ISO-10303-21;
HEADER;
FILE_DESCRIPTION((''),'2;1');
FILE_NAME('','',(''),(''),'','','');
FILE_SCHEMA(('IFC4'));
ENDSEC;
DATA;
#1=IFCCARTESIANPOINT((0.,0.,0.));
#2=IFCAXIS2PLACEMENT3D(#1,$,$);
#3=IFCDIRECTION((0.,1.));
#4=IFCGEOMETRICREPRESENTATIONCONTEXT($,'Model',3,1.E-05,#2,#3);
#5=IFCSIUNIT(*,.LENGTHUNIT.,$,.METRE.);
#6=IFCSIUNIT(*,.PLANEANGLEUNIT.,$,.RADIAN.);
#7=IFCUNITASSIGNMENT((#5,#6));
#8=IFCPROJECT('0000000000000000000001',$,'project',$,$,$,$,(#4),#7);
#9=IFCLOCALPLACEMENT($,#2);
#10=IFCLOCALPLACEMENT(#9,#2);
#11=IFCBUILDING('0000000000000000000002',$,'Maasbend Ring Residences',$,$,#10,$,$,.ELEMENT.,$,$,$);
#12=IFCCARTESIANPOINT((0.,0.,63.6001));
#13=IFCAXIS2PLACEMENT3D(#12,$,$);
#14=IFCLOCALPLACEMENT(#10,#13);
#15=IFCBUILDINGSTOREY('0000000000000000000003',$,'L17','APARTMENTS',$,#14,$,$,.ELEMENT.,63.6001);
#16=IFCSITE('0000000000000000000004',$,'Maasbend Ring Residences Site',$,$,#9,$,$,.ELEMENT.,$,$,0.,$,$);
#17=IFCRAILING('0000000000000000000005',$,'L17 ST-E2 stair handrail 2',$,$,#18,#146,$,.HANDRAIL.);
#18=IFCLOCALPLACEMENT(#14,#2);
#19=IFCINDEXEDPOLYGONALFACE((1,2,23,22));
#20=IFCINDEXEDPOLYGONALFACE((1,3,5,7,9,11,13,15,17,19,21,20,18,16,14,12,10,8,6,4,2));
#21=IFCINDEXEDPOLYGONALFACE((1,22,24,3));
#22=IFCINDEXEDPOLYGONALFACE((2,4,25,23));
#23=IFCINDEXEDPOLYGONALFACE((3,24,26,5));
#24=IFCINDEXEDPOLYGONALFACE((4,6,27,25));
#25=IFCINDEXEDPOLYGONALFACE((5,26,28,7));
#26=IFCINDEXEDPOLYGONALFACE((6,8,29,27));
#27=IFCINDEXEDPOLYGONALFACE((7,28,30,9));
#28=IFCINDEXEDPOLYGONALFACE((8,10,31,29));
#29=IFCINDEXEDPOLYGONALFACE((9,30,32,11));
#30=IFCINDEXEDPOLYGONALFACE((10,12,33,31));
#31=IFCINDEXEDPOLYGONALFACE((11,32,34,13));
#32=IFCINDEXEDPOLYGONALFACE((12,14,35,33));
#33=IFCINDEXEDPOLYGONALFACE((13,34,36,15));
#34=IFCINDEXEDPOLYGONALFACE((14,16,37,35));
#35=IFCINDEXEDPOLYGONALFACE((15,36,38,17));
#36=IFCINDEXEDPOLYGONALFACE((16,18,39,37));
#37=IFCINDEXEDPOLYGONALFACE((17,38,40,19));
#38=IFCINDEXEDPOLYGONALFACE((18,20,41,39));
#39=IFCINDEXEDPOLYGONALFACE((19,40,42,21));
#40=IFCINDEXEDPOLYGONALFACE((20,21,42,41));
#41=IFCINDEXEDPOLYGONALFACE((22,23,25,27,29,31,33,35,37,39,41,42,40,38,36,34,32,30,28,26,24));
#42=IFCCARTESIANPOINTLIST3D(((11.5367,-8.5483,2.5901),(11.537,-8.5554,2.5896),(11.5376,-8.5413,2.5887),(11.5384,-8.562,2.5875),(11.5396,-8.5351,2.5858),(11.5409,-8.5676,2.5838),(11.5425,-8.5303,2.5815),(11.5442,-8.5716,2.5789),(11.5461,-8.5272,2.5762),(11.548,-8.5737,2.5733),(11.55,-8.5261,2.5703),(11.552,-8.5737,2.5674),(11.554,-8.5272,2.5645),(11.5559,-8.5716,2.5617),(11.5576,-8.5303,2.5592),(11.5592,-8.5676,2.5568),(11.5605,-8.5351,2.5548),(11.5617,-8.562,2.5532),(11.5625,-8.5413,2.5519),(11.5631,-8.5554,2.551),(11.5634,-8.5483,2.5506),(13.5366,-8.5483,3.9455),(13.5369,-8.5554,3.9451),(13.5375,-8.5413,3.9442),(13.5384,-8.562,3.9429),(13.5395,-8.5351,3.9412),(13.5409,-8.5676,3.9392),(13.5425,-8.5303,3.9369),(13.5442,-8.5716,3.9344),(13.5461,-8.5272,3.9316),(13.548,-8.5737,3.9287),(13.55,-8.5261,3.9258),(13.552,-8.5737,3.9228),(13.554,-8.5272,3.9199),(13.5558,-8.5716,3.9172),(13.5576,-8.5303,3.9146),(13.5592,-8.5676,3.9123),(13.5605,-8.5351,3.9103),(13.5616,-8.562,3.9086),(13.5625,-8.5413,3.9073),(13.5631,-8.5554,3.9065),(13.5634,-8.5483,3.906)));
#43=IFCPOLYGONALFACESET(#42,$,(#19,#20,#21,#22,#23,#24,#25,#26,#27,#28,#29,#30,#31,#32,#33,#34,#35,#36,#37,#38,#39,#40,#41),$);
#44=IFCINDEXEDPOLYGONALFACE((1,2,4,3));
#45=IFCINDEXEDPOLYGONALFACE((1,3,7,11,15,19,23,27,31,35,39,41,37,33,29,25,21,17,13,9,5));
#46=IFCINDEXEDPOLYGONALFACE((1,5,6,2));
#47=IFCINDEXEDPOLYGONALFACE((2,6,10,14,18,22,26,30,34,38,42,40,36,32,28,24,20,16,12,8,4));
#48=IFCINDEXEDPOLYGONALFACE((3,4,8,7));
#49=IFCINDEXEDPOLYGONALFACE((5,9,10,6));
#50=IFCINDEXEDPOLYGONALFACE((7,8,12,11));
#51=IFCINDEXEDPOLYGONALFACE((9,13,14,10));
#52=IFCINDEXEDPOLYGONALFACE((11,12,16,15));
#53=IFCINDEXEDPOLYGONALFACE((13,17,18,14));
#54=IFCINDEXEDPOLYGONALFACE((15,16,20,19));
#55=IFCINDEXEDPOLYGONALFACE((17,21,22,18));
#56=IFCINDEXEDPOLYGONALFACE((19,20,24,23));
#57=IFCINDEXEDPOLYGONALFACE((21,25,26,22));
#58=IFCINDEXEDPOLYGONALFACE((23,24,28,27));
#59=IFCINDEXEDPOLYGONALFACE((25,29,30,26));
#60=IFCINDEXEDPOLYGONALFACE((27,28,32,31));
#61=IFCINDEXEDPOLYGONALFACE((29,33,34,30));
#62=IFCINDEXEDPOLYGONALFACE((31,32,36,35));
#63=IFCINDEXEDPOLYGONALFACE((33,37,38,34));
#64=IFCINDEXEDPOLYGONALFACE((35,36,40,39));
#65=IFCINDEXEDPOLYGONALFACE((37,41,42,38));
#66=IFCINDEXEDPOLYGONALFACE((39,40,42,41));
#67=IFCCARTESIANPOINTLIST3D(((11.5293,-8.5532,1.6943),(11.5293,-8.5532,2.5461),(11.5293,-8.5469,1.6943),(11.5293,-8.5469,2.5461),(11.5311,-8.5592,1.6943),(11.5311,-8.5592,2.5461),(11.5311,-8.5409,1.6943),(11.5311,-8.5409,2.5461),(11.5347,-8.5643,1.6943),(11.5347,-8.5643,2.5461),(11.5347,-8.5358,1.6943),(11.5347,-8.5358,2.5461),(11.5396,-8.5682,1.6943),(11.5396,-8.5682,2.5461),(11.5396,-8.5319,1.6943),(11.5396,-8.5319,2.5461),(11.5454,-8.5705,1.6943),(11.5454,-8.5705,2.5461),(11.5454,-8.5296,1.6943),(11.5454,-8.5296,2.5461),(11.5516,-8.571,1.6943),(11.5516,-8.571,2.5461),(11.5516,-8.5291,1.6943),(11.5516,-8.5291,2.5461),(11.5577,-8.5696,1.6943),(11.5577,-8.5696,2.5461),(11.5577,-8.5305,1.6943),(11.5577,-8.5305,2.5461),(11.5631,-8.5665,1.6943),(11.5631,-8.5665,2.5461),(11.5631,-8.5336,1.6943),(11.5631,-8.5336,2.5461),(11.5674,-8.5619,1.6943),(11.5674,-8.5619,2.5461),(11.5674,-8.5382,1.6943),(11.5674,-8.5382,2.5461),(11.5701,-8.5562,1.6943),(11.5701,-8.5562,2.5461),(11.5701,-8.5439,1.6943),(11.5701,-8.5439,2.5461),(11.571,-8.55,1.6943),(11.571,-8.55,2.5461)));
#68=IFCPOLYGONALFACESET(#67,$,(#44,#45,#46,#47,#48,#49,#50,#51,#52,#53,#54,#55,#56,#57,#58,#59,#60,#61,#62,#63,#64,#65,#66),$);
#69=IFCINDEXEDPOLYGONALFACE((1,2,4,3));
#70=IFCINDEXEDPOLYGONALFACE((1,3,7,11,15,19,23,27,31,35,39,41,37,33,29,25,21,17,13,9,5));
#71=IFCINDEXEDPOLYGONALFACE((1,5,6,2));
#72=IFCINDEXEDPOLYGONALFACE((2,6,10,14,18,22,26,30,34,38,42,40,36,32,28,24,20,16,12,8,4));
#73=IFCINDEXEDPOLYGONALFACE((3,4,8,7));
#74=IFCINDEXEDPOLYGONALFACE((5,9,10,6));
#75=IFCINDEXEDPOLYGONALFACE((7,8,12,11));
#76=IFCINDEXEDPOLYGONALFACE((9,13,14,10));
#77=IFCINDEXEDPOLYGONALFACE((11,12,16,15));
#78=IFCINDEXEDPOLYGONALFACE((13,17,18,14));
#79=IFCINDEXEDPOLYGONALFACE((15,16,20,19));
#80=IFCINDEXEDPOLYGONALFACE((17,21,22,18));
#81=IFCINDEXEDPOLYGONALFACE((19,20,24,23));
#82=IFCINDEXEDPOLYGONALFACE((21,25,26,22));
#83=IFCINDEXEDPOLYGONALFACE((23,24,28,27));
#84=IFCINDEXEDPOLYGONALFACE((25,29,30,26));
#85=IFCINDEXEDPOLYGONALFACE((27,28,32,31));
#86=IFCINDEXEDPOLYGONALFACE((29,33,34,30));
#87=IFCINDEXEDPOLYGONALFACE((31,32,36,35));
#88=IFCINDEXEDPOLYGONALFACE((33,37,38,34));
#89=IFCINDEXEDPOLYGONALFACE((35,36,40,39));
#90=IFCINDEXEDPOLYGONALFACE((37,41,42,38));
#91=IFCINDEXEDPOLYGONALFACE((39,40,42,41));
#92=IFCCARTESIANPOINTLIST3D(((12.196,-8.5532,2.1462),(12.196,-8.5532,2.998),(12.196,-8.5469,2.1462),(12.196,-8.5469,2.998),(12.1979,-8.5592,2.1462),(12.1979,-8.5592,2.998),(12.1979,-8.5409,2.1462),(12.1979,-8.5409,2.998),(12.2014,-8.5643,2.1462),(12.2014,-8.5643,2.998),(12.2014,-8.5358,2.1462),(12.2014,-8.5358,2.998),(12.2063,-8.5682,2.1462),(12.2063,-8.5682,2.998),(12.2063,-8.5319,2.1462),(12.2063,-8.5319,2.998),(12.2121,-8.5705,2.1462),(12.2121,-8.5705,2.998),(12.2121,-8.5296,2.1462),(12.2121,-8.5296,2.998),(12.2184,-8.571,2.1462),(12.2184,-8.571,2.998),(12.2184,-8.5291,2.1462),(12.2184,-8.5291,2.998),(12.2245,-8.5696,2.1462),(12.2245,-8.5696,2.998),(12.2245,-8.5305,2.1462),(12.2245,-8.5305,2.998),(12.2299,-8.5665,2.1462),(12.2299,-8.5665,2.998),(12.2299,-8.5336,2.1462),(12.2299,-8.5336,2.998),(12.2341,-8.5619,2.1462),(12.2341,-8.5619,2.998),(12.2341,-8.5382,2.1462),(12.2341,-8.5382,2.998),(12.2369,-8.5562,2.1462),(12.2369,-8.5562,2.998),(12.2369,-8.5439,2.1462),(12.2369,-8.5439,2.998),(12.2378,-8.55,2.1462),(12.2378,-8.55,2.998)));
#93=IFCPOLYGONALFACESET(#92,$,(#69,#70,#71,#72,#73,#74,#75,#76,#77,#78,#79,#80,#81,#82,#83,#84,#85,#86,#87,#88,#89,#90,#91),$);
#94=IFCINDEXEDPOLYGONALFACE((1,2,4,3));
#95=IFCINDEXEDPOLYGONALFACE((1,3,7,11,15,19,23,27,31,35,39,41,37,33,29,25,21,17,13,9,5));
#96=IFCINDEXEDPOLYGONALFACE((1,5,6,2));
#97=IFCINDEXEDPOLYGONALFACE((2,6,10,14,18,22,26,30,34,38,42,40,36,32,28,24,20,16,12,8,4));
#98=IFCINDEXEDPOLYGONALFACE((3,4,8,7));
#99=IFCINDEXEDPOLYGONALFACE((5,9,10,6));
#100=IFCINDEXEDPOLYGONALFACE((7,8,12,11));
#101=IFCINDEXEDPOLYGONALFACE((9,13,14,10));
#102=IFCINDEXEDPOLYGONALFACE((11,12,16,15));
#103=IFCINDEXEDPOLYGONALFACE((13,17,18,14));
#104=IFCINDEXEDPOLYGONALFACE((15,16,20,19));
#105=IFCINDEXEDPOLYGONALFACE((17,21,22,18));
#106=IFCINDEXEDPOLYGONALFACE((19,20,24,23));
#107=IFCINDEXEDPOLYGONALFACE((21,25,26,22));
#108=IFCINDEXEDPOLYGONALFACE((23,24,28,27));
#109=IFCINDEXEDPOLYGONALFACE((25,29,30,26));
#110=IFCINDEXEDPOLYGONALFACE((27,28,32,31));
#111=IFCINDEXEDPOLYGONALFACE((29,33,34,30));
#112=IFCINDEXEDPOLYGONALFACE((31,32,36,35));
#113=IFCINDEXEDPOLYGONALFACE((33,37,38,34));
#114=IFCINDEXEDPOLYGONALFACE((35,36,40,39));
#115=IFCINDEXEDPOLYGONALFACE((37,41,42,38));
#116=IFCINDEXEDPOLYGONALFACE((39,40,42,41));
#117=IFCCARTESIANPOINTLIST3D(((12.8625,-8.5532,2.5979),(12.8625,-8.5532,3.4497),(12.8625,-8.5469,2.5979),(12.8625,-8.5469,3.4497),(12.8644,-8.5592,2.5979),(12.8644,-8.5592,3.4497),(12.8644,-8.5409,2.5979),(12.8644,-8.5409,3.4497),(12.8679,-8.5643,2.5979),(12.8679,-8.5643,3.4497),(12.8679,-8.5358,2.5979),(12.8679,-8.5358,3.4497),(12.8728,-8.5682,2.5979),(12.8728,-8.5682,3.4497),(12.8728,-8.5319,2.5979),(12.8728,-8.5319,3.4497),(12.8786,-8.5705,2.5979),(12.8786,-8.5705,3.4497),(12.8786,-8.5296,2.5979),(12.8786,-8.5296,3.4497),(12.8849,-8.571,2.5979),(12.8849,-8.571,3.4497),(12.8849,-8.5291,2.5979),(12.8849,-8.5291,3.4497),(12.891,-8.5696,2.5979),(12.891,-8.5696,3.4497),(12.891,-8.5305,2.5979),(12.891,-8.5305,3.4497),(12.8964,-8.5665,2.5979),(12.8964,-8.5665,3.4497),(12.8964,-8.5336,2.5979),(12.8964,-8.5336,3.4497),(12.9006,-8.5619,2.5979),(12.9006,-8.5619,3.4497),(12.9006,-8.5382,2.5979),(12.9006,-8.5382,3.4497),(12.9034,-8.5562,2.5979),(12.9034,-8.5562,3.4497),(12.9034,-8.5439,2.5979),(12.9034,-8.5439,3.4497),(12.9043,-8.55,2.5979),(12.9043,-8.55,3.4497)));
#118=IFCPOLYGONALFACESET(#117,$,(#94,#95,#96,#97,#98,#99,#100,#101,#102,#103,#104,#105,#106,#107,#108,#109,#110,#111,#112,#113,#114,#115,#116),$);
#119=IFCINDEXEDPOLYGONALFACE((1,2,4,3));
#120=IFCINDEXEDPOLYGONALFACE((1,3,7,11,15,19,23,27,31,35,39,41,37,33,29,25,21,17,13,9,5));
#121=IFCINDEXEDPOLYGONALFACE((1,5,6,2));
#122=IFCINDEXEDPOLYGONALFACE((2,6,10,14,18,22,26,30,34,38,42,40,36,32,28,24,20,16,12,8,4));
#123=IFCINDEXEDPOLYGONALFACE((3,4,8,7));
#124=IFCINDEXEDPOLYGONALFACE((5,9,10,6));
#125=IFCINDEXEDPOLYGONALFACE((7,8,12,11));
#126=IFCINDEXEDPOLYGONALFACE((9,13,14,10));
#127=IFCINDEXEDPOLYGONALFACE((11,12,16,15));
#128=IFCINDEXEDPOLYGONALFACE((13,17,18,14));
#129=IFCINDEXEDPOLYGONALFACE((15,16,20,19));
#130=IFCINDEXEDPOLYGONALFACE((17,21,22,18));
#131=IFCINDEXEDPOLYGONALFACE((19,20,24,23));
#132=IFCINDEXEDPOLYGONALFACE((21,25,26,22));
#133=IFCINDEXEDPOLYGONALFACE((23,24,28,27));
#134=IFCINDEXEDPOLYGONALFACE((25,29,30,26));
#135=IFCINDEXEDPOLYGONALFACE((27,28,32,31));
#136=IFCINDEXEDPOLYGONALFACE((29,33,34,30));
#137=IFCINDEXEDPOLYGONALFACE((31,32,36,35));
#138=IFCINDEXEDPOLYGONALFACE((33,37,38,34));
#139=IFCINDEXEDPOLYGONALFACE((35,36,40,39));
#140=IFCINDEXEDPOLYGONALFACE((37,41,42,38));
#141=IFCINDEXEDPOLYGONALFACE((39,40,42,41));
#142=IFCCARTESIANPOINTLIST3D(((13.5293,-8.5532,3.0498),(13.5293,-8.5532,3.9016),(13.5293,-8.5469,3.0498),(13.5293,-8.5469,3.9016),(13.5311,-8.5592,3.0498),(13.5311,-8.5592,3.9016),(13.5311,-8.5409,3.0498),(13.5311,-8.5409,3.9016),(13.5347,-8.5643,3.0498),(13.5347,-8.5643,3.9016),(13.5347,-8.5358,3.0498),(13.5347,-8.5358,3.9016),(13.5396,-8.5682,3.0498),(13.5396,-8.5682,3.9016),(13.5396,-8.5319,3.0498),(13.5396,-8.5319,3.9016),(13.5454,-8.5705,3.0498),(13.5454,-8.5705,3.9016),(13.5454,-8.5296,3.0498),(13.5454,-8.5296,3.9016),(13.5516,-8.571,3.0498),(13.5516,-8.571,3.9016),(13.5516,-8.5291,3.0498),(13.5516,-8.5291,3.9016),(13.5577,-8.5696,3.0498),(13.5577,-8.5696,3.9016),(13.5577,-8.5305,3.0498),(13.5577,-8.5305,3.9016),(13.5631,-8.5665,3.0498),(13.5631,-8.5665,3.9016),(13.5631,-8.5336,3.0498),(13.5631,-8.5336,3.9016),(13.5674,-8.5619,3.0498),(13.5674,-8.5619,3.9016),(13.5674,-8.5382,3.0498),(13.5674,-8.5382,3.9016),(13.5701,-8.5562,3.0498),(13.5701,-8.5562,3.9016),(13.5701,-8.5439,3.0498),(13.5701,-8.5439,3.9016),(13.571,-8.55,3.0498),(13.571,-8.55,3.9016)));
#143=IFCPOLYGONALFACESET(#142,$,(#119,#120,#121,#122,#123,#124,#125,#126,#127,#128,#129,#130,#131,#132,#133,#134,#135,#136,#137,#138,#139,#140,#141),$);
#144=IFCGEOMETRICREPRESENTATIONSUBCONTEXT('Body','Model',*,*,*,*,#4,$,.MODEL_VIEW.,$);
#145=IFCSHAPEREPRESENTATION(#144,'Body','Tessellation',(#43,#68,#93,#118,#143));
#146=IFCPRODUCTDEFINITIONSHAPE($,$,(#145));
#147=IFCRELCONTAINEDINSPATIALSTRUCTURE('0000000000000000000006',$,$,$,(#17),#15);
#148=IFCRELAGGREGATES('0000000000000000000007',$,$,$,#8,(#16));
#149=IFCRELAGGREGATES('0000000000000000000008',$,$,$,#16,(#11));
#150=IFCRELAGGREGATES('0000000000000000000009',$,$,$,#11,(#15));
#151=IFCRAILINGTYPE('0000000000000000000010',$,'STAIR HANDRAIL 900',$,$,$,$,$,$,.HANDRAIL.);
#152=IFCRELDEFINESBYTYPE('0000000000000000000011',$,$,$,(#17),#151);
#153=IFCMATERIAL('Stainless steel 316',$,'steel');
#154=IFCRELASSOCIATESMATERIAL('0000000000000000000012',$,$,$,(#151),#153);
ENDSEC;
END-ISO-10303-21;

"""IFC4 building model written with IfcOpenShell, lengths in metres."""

from ifc_helpers import new_model, si_unit, direction, frame, origin, origin_2d, place, context, subcontext, project, spatial, circle, extrude, material, type_object, element, save


model = new_model("IFC4")

# Units and contexts
model_context = context("Model", 3, precision=1e-05, world=origin(), true_north=direction((0.0, 1.0)))
body_context = subcontext(model_context, "Body", "Model", "MODEL_VIEW")
ifc_project = project(units=[si_unit("LENGTHUNIT", "METRE"), si_unit("PLANEANGLEUNIT", "RADIAN")], contexts=[model_context])

# Site, building, storey
site_placement = place(None, origin())
site = spatial("IfcSite", under=ifc_project, at=site_placement, Name="Maasbend Ring Residences Site", CompositionType="ELEMENT", RefElevation=0.0)
building_placement = place(site_placement, origin())
building = spatial("IfcBuilding", under=site, at=building_placement, Name="Maasbend Ring Residences", CompositionType="ELEMENT")
storey_placement = place(building_placement, frame((0.0, 0.0, 63.6001)))
storey = spatial("IfcBuildingStorey", under=building, at=storey_placement, Name="L17", Description="APARTMENTS", CompositionType="ELEMENT", Elevation=63.6001)

# Railing
ifc_material_1 = material(Name="Stainless steel 316", Category="steel")
railing_type_1 = type_object("IfcRailingType", Name="STAIR HANDRAIL 900", PredefinedType="HANDRAIL", material=ifc_material_1)
railing_1_placement = place(storey_placement, frame((11.55, -8.55, 1.6943)))
element("IfcRailing", 1, at=railing_1_placement, inside=storey, type_object=railing_type_1, Name="L17 ST-E2 stair handrail 2", PredefinedType="HANDRAIL", context=body_context, shape_type="SweptSolid", body=[
    extrude(circle(Radius=0.0239, at=origin_2d()), frame((0.0, 0.0, 0.876), z_axis=(0.827798, 0.0, 0.561027), x_axis=(0.0, 1.0, 0.0)), (0.0, 0.0, 1.0), 2.416),
    extrude(circle(Radius=0.021, at=origin_2d()), origin(), (0.0, 0.0, 1.0), 0.8518),
    extrude(circle(Radius=0.021, at=origin_2d()), frame((0.6667, 0.0, 0.4519)), (0.0, 0.0, 1.0), 0.8518),
    extrude(circle(Radius=0.021, at=origin_2d()), frame((1.3333, 0.0, 0.9036)), (0.0, 0.0, 1.0), 0.8518),
    extrude(circle(Radius=0.021, at=origin_2d()), frame((2.0, 0.0, 1.3555)), (0.0, 0.0, 1.0), 0.8518),
])

save(model, "model.ifc")
